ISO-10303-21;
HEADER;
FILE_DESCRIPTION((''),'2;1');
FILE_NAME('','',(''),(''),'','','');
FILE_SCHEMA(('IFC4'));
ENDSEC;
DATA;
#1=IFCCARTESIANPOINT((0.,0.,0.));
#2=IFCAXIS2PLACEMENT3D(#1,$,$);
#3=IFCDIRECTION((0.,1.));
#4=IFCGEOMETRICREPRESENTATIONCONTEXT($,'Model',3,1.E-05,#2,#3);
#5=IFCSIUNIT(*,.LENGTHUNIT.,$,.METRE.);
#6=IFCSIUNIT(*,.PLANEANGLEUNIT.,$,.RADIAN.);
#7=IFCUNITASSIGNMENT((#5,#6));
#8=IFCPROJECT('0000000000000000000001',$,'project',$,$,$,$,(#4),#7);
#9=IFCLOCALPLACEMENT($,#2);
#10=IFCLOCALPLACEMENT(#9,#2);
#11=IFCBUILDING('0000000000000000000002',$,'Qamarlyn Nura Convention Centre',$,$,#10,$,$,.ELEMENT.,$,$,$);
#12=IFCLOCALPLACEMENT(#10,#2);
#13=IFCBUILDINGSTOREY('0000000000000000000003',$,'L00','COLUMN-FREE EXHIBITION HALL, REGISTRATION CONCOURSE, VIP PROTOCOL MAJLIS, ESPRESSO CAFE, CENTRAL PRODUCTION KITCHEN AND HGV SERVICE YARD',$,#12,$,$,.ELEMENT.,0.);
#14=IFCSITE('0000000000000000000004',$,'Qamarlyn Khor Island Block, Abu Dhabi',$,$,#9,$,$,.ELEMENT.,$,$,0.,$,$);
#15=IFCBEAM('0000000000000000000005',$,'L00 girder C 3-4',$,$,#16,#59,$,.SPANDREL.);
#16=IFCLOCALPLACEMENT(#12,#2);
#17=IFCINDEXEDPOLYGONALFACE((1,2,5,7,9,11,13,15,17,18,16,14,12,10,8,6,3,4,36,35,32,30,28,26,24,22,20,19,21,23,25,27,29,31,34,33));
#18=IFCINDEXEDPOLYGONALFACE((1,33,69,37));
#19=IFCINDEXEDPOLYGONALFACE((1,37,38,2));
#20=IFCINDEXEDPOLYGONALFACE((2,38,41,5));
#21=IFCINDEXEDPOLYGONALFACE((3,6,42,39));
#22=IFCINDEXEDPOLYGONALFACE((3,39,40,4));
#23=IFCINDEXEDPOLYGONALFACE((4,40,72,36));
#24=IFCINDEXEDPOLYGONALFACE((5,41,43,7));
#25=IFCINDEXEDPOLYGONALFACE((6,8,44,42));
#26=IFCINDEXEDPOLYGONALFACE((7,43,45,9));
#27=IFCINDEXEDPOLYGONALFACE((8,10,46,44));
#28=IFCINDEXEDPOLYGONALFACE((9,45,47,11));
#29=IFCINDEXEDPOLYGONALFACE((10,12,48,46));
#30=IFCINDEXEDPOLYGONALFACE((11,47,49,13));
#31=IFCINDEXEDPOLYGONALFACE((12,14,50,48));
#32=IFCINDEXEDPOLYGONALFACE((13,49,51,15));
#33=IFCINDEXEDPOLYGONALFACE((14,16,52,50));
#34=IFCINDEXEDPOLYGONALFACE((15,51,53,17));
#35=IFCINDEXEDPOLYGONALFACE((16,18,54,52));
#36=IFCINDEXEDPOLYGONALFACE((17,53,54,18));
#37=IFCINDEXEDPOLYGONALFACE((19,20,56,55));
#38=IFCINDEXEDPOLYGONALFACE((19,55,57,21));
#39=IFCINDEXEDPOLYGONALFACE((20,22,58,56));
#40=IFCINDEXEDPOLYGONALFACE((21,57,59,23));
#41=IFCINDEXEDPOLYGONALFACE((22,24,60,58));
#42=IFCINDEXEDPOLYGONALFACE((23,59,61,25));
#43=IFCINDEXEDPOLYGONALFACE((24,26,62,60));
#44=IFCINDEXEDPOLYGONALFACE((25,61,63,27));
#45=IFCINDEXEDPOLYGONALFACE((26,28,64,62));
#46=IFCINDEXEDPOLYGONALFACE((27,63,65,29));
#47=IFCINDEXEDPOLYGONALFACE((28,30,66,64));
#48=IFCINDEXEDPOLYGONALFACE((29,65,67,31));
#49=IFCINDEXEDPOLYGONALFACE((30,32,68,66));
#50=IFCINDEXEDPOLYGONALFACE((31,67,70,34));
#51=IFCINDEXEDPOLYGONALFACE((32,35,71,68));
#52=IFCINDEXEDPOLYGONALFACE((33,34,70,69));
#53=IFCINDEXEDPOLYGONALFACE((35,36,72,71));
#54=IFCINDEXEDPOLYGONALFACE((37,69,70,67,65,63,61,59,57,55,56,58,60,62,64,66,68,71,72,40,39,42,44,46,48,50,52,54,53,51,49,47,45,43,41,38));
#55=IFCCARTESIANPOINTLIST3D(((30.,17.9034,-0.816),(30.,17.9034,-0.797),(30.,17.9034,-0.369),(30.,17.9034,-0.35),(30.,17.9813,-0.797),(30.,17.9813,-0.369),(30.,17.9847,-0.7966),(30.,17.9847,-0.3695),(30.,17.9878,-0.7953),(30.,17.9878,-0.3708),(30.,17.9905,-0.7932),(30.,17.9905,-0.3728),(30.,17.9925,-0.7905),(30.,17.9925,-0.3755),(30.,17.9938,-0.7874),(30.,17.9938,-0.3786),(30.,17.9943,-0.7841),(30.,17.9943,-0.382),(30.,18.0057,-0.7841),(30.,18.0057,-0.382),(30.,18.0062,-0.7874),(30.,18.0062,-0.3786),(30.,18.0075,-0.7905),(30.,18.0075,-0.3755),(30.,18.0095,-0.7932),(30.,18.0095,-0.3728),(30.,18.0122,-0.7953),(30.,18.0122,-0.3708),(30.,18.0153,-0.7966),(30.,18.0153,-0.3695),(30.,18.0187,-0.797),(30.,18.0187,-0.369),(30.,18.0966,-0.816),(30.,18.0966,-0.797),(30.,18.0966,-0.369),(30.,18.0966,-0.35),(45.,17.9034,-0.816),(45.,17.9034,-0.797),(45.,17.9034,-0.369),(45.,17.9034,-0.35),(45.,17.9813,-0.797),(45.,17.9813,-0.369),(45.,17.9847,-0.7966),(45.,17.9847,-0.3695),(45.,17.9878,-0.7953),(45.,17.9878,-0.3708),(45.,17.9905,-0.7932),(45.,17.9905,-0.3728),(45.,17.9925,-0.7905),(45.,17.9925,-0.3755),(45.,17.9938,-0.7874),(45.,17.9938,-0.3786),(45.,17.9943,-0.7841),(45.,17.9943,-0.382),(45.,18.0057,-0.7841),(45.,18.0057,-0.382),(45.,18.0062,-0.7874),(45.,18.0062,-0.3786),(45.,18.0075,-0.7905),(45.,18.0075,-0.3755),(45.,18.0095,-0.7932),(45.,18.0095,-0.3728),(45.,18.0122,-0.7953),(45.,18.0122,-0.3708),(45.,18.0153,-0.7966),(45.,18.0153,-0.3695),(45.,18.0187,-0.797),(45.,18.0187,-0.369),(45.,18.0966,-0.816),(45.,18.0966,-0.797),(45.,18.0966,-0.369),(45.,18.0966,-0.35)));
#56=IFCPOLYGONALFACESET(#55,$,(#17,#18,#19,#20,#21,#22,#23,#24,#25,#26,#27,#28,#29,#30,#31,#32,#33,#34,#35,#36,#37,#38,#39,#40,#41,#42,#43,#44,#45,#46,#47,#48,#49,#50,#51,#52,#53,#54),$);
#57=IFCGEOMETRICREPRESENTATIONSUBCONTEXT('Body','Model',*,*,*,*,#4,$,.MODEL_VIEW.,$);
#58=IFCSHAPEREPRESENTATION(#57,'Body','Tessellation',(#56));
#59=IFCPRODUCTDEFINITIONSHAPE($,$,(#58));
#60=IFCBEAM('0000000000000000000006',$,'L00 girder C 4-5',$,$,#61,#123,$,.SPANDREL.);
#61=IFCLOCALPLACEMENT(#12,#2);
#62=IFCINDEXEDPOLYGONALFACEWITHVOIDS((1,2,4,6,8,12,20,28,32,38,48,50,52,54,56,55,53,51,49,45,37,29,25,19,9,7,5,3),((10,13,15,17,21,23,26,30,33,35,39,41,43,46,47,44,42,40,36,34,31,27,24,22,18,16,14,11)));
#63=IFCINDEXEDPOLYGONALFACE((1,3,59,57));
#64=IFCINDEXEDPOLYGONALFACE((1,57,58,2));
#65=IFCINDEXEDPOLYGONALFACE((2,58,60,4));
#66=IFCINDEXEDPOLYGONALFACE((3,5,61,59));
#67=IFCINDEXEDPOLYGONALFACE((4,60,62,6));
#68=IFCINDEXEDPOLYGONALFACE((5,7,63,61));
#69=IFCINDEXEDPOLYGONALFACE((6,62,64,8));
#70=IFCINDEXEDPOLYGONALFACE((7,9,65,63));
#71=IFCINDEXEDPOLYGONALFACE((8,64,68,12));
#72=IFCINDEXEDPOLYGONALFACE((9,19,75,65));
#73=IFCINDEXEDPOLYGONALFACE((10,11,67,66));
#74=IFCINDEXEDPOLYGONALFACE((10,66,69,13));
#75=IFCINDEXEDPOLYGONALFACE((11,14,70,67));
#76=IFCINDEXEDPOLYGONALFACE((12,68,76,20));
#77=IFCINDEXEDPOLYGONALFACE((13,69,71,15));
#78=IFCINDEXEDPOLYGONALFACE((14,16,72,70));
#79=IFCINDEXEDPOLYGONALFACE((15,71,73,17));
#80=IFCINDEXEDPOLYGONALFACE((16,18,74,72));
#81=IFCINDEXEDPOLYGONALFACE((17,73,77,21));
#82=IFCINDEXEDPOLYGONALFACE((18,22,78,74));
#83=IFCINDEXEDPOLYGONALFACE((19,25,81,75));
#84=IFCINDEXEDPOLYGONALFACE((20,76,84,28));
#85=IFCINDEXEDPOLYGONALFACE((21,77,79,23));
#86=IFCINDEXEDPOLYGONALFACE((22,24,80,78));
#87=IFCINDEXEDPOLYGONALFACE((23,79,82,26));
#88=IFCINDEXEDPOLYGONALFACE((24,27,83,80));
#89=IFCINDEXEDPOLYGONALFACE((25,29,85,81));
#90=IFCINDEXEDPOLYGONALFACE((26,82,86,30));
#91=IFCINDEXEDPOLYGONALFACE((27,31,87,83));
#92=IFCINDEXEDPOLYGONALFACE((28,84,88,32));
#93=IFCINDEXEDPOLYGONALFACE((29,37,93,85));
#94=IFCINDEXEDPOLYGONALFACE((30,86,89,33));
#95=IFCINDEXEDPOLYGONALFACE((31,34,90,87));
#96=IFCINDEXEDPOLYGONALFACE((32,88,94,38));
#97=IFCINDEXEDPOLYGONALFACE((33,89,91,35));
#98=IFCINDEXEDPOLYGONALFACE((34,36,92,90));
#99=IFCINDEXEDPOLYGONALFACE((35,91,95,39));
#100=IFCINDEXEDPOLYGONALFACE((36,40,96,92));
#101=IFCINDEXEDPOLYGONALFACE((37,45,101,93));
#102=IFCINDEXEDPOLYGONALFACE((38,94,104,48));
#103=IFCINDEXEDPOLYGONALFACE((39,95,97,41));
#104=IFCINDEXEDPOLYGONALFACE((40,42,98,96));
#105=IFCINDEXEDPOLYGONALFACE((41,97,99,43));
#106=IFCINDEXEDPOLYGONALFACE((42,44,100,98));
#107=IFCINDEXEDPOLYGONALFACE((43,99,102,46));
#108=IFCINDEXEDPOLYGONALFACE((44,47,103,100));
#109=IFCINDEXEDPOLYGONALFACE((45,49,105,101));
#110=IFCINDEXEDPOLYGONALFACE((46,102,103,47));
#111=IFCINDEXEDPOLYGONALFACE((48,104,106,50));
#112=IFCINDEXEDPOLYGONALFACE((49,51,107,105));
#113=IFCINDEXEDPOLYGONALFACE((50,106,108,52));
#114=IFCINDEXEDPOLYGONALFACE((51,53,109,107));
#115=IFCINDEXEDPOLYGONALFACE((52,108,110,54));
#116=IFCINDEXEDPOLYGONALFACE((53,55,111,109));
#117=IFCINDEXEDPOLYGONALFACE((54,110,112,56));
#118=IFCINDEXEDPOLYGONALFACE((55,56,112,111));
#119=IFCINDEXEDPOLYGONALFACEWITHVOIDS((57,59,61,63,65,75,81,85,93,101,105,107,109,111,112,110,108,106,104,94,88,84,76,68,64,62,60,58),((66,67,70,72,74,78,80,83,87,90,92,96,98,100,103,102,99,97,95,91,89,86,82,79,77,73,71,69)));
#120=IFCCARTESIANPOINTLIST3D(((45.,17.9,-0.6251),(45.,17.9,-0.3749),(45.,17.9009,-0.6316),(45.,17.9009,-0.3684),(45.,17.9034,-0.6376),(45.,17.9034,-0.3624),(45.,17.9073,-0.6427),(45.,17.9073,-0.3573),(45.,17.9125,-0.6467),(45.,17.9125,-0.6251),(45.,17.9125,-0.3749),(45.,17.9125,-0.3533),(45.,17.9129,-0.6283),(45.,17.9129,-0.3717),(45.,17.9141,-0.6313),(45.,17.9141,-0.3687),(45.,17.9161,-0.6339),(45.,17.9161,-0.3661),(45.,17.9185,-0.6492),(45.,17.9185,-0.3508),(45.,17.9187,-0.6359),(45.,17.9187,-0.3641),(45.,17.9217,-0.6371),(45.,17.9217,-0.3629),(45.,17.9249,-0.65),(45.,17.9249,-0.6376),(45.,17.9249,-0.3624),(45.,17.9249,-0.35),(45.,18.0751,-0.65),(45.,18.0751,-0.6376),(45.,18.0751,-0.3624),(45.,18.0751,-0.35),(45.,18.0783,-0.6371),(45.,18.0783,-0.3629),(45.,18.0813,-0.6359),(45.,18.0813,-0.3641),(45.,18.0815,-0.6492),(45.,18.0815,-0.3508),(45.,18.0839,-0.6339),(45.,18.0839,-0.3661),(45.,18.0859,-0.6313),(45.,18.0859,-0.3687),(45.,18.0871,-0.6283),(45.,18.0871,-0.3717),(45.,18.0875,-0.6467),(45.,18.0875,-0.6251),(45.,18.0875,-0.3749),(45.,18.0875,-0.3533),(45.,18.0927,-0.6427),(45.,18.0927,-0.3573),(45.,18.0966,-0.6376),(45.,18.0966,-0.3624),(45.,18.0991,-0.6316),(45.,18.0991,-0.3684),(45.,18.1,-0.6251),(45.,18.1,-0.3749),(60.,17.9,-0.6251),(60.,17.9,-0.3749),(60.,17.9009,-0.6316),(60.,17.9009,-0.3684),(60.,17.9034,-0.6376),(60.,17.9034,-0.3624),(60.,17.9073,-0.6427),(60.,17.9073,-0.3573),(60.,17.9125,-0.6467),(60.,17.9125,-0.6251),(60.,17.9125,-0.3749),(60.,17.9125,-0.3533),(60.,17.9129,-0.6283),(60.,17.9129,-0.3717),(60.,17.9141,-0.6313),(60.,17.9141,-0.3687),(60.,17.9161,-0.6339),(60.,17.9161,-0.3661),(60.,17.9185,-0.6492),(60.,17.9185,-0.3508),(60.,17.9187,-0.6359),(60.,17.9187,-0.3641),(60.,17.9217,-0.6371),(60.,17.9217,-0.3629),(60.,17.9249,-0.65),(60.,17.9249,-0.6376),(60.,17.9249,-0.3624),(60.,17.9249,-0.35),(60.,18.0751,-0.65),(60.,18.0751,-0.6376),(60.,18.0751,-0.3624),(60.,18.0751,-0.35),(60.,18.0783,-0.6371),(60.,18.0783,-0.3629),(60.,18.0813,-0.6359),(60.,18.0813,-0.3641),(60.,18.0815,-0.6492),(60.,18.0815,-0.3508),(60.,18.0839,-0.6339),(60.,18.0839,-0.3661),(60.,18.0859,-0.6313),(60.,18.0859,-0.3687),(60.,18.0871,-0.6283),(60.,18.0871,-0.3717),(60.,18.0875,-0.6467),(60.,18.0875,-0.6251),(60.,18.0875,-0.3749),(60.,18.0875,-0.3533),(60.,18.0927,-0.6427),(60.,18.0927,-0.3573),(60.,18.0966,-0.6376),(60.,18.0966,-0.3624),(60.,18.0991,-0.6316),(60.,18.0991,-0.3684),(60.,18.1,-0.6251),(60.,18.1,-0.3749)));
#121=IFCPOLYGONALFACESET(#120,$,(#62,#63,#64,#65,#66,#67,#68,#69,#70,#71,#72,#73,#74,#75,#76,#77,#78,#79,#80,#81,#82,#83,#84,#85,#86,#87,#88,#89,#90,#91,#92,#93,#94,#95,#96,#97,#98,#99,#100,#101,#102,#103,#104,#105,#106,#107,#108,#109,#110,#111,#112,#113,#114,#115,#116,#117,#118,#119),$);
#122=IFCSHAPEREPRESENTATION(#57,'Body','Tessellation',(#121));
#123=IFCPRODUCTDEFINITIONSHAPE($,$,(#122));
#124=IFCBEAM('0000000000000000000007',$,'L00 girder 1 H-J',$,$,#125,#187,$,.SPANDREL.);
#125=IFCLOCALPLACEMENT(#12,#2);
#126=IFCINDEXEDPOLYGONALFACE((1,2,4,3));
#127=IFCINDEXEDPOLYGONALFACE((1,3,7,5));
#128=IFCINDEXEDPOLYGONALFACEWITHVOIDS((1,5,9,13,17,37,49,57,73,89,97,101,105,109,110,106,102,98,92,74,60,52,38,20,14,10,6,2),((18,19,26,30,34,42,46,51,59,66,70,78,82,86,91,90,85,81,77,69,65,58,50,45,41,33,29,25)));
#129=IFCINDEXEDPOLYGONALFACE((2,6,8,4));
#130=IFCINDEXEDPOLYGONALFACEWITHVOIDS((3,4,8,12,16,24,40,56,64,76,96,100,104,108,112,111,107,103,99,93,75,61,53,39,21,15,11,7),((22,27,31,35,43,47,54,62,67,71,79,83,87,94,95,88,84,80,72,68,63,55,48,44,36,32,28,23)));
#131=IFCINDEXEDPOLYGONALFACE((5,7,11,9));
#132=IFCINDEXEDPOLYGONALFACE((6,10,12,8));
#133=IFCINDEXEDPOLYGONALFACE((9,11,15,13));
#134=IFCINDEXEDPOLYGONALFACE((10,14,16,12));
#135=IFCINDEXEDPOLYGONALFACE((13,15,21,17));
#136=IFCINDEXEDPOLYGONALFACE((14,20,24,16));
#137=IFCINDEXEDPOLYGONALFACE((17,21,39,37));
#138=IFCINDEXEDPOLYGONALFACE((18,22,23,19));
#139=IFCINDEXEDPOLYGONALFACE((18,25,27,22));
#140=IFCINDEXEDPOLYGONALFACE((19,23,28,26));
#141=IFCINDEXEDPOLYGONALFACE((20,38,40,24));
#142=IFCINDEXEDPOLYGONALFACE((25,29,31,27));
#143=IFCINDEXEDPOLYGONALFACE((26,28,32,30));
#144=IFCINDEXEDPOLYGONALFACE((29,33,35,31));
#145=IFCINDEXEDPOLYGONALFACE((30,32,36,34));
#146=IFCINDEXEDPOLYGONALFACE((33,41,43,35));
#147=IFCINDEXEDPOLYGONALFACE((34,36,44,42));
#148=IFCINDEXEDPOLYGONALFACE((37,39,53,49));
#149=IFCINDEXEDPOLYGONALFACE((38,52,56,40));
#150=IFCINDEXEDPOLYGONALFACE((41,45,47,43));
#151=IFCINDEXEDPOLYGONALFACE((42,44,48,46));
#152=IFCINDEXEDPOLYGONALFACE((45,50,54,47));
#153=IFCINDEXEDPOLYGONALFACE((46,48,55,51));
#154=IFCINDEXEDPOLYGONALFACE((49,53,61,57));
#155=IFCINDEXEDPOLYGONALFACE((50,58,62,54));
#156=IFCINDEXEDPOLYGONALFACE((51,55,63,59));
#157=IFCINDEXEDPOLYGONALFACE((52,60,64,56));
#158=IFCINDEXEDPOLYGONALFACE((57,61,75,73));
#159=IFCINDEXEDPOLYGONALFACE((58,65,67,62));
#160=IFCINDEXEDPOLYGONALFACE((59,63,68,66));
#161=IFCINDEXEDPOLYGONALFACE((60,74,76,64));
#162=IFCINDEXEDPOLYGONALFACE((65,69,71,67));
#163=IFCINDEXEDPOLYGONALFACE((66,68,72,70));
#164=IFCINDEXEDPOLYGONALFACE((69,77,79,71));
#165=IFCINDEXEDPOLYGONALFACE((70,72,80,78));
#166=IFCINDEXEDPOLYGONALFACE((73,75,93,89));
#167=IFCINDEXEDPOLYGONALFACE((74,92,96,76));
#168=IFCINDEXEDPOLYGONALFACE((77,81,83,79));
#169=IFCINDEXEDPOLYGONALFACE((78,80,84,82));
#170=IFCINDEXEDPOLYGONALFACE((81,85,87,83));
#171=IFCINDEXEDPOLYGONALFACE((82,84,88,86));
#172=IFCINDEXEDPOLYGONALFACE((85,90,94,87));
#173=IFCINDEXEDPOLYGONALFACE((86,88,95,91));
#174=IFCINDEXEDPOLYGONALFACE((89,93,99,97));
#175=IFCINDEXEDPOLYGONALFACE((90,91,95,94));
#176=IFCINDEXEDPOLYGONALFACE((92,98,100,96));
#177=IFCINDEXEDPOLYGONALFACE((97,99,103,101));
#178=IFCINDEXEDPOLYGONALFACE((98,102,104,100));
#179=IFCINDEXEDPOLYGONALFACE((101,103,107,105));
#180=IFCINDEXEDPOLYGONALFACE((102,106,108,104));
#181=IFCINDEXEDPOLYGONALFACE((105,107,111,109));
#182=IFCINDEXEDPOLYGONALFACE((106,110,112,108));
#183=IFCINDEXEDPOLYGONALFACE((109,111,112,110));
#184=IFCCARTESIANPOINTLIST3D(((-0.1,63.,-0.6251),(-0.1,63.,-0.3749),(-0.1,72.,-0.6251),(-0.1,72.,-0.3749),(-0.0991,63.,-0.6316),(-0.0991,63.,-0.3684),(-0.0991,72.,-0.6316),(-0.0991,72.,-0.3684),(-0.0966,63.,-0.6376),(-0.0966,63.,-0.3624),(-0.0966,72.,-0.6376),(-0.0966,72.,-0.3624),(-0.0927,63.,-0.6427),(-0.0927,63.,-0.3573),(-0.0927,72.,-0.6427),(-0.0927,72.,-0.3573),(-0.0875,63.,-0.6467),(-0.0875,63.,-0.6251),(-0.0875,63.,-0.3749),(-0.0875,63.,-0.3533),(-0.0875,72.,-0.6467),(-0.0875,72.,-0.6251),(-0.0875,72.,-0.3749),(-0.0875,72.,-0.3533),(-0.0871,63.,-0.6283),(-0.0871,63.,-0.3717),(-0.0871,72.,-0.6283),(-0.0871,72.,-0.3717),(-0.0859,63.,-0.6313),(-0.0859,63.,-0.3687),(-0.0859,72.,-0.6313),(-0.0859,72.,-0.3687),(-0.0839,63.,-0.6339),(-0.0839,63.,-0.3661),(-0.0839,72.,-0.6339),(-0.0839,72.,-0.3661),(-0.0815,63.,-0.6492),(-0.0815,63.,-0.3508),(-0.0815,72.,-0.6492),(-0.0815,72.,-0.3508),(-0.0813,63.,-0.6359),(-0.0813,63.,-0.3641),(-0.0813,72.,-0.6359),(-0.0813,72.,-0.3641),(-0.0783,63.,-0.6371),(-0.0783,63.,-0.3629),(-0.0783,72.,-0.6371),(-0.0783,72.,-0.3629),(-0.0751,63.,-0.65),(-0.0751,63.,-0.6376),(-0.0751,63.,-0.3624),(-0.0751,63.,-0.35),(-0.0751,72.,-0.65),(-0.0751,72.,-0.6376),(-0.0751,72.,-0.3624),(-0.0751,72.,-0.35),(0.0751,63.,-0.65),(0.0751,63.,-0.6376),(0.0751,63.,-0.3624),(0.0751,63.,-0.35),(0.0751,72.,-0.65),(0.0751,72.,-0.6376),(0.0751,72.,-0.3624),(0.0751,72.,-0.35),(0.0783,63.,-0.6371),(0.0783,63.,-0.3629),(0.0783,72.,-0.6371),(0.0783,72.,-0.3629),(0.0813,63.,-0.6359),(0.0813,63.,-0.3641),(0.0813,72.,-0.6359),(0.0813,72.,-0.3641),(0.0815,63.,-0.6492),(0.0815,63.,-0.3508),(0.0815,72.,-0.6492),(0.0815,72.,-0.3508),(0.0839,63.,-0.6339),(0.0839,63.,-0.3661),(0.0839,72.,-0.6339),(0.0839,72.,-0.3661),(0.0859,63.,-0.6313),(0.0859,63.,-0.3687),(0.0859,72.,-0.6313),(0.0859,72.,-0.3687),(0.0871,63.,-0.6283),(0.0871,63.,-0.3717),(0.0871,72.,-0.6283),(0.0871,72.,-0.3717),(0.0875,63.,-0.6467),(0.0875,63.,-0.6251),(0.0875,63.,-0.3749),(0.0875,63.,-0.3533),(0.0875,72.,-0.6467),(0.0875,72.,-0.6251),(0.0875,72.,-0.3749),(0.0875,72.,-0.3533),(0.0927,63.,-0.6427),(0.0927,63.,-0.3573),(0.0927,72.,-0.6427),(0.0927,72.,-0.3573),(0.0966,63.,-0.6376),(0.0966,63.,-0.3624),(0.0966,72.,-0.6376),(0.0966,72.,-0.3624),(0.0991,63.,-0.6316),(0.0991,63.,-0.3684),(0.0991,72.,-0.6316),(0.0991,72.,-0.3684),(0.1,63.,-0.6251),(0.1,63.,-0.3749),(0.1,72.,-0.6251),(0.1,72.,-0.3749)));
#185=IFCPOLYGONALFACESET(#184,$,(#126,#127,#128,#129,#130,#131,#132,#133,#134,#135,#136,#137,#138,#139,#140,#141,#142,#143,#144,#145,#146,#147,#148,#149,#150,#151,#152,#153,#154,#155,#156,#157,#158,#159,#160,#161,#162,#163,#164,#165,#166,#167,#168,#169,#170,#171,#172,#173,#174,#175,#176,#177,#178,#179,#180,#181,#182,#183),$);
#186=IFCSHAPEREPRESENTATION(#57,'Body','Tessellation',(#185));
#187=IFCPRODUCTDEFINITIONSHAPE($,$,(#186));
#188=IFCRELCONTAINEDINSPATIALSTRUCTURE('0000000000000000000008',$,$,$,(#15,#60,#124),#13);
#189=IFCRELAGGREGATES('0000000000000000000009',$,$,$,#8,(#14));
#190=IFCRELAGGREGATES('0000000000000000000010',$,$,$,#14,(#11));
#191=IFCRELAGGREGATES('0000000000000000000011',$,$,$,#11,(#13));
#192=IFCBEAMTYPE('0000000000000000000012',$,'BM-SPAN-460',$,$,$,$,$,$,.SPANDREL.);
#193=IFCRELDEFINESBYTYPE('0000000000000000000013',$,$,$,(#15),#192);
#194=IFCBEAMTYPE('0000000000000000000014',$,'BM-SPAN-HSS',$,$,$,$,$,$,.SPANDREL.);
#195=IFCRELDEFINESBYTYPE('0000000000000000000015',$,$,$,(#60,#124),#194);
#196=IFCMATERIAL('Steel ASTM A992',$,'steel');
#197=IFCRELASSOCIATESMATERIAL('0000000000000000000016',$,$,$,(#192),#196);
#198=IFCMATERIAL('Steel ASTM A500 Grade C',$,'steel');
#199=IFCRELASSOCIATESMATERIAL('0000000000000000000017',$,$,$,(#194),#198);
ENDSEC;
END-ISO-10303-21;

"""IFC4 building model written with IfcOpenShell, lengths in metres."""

from ifc_helpers import new_model, si_unit, direction, frame, origin, origin_2d, place, context, subcontext, project, spatial, hollow_rectangle, i_section, extrude, material, material_profile, profile_set, type_object, element, save


model = new_model("IFC4")

# Units and contexts
model_context = context("Model", 3, precision=1e-05, world=origin(), true_north=direction((0.0, 1.0)))
body_context = subcontext(model_context, "Body", "Model", "MODEL_VIEW")
ifc_project = project(units=[si_unit("LENGTHUNIT", "METRE"), si_unit("PLANEANGLEUNIT", "RADIAN")], contexts=[model_context])

# Site, building, storey
site_placement = place(None, origin())
site = spatial("IfcSite", under=ifc_project, at=site_placement, Name="Qamarlyn Khor Island Block, Abu Dhabi", CompositionType="ELEMENT", RefElevation=0.0)
building_placement = place(site_placement, origin())
building = spatial("IfcBuilding", under=site, at=building_placement, Name="Qamarlyn Nura Convention Centre", CompositionType="ELEMENT")
storey_placement = place(building_placement, origin())
storey = spatial("IfcBuildingStorey", under=building, at=storey_placement, Name="L00", Description="COLUMN-FREE EXHIBITION HALL, REGISTRATION CONCOURSE, VIP PROTOCOL MAJLIS, ESPRESSO CAFE, CENTRAL PRODUCTION KITCHEN AND HGV SERVICE YARD", CompositionType="ELEMENT", Elevation=0.0)

# Shared definitions
ifc_material_1 = material(Name="Steel ASTM A992", Category="steel")

# Beams
ifc_material_profile_1 = material_profile(ifc_material_1, i_section(OverallWidth=0.1931, OverallDepth=0.4661, WebThickness=0.0115, FlangeThickness=0.019, FilletRadius=0.0129, at=origin_2d()), Name="W460X97")
ifc_profile_set_1 = profile_set([ifc_material_profile_1], Name="Steel ASTM A992")
beam_type_1 = type_object("IfcBeamType", Name="BM-SPAN-460", PredefinedType="SPANDREL", material=ifc_profile_set_1)
beam_1_placement = place(storey_placement, frame((30.0, 18.0, -0.583), z_axis=(1.0, 0.0, 0.0), x_axis=(0.0, 1.0, 0.0)))
element("IfcBeam", 1, at=beam_1_placement, inside=storey, type_object=beam_type_1, Name="L00 girder C 3-4", PredefinedType="SPANDREL", context=body_context, shape_type="SweptSolid", body=[
    extrude(i_section(OverallWidth=0.1931, OverallDepth=0.4661, WebThickness=0.0115, FlangeThickness=0.019, FilletRadius=0.0129, at=origin_2d()), origin(), (0.0, 0.0, 1.0), 15.0),
])
ifc_material_2 = material(Name="Steel ASTM A500 Grade C", Category="steel")
ifc_material_profile_2 = material_profile(ifc_material_2, hollow_rectangle(XDim=0.2, YDim=0.3, WallThickness=0.0125, InnerFilletRadius=0.0125, OuterFilletRadius=0.0249, at=origin_2d()), Name="HSS300X200X12.5")
ifc_profile_set_2 = profile_set([ifc_material_profile_2], Name="Steel ASTM A500 Grade C")
beam_type_2 = type_object("IfcBeamType", Name="BM-SPAN-HSS", PredefinedType="SPANDREL", material=ifc_profile_set_2)
beam_2_placement = place(storey_placement, frame((45.0, 18.0, -0.5), z_axis=(1.0, 0.0, 0.0), x_axis=(0.0, 1.0, 0.0)))
element("IfcBeam", 2, at=beam_2_placement, inside=storey, type_object=beam_type_2, Name="L00 girder C 4-5", PredefinedType="SPANDREL", context=body_context, shape_type="SweptSolid", body=[
    extrude(hollow_rectangle(XDim=0.2, YDim=0.3, WallThickness=0.0125, InnerFilletRadius=0.0125, OuterFilletRadius=0.0249, at=origin_2d()), origin(), (0.0, 0.0, 1.0), 15.0),
])
beam_3_placement = place(storey_placement, frame((0.0, 63.0, -0.5), z_axis=(0.0, 1.0, 0.0), x_axis=(-1.0, 0.0, 0.0)))
element("IfcBeam", 3, at=beam_3_placement, inside=storey, type_object=beam_type_2, Name="L00 girder 1 H-J", PredefinedType="SPANDREL", context=body_context, shape_type="SweptSolid", body=[
    extrude(hollow_rectangle(XDim=0.2, YDim=0.3, WallThickness=0.0125, InnerFilletRadius=0.0125, OuterFilletRadius=0.0249, at=origin_2d()), origin(), (0.0, 0.0, 1.0), 9.0),
])

save(model, "model.ifc")
